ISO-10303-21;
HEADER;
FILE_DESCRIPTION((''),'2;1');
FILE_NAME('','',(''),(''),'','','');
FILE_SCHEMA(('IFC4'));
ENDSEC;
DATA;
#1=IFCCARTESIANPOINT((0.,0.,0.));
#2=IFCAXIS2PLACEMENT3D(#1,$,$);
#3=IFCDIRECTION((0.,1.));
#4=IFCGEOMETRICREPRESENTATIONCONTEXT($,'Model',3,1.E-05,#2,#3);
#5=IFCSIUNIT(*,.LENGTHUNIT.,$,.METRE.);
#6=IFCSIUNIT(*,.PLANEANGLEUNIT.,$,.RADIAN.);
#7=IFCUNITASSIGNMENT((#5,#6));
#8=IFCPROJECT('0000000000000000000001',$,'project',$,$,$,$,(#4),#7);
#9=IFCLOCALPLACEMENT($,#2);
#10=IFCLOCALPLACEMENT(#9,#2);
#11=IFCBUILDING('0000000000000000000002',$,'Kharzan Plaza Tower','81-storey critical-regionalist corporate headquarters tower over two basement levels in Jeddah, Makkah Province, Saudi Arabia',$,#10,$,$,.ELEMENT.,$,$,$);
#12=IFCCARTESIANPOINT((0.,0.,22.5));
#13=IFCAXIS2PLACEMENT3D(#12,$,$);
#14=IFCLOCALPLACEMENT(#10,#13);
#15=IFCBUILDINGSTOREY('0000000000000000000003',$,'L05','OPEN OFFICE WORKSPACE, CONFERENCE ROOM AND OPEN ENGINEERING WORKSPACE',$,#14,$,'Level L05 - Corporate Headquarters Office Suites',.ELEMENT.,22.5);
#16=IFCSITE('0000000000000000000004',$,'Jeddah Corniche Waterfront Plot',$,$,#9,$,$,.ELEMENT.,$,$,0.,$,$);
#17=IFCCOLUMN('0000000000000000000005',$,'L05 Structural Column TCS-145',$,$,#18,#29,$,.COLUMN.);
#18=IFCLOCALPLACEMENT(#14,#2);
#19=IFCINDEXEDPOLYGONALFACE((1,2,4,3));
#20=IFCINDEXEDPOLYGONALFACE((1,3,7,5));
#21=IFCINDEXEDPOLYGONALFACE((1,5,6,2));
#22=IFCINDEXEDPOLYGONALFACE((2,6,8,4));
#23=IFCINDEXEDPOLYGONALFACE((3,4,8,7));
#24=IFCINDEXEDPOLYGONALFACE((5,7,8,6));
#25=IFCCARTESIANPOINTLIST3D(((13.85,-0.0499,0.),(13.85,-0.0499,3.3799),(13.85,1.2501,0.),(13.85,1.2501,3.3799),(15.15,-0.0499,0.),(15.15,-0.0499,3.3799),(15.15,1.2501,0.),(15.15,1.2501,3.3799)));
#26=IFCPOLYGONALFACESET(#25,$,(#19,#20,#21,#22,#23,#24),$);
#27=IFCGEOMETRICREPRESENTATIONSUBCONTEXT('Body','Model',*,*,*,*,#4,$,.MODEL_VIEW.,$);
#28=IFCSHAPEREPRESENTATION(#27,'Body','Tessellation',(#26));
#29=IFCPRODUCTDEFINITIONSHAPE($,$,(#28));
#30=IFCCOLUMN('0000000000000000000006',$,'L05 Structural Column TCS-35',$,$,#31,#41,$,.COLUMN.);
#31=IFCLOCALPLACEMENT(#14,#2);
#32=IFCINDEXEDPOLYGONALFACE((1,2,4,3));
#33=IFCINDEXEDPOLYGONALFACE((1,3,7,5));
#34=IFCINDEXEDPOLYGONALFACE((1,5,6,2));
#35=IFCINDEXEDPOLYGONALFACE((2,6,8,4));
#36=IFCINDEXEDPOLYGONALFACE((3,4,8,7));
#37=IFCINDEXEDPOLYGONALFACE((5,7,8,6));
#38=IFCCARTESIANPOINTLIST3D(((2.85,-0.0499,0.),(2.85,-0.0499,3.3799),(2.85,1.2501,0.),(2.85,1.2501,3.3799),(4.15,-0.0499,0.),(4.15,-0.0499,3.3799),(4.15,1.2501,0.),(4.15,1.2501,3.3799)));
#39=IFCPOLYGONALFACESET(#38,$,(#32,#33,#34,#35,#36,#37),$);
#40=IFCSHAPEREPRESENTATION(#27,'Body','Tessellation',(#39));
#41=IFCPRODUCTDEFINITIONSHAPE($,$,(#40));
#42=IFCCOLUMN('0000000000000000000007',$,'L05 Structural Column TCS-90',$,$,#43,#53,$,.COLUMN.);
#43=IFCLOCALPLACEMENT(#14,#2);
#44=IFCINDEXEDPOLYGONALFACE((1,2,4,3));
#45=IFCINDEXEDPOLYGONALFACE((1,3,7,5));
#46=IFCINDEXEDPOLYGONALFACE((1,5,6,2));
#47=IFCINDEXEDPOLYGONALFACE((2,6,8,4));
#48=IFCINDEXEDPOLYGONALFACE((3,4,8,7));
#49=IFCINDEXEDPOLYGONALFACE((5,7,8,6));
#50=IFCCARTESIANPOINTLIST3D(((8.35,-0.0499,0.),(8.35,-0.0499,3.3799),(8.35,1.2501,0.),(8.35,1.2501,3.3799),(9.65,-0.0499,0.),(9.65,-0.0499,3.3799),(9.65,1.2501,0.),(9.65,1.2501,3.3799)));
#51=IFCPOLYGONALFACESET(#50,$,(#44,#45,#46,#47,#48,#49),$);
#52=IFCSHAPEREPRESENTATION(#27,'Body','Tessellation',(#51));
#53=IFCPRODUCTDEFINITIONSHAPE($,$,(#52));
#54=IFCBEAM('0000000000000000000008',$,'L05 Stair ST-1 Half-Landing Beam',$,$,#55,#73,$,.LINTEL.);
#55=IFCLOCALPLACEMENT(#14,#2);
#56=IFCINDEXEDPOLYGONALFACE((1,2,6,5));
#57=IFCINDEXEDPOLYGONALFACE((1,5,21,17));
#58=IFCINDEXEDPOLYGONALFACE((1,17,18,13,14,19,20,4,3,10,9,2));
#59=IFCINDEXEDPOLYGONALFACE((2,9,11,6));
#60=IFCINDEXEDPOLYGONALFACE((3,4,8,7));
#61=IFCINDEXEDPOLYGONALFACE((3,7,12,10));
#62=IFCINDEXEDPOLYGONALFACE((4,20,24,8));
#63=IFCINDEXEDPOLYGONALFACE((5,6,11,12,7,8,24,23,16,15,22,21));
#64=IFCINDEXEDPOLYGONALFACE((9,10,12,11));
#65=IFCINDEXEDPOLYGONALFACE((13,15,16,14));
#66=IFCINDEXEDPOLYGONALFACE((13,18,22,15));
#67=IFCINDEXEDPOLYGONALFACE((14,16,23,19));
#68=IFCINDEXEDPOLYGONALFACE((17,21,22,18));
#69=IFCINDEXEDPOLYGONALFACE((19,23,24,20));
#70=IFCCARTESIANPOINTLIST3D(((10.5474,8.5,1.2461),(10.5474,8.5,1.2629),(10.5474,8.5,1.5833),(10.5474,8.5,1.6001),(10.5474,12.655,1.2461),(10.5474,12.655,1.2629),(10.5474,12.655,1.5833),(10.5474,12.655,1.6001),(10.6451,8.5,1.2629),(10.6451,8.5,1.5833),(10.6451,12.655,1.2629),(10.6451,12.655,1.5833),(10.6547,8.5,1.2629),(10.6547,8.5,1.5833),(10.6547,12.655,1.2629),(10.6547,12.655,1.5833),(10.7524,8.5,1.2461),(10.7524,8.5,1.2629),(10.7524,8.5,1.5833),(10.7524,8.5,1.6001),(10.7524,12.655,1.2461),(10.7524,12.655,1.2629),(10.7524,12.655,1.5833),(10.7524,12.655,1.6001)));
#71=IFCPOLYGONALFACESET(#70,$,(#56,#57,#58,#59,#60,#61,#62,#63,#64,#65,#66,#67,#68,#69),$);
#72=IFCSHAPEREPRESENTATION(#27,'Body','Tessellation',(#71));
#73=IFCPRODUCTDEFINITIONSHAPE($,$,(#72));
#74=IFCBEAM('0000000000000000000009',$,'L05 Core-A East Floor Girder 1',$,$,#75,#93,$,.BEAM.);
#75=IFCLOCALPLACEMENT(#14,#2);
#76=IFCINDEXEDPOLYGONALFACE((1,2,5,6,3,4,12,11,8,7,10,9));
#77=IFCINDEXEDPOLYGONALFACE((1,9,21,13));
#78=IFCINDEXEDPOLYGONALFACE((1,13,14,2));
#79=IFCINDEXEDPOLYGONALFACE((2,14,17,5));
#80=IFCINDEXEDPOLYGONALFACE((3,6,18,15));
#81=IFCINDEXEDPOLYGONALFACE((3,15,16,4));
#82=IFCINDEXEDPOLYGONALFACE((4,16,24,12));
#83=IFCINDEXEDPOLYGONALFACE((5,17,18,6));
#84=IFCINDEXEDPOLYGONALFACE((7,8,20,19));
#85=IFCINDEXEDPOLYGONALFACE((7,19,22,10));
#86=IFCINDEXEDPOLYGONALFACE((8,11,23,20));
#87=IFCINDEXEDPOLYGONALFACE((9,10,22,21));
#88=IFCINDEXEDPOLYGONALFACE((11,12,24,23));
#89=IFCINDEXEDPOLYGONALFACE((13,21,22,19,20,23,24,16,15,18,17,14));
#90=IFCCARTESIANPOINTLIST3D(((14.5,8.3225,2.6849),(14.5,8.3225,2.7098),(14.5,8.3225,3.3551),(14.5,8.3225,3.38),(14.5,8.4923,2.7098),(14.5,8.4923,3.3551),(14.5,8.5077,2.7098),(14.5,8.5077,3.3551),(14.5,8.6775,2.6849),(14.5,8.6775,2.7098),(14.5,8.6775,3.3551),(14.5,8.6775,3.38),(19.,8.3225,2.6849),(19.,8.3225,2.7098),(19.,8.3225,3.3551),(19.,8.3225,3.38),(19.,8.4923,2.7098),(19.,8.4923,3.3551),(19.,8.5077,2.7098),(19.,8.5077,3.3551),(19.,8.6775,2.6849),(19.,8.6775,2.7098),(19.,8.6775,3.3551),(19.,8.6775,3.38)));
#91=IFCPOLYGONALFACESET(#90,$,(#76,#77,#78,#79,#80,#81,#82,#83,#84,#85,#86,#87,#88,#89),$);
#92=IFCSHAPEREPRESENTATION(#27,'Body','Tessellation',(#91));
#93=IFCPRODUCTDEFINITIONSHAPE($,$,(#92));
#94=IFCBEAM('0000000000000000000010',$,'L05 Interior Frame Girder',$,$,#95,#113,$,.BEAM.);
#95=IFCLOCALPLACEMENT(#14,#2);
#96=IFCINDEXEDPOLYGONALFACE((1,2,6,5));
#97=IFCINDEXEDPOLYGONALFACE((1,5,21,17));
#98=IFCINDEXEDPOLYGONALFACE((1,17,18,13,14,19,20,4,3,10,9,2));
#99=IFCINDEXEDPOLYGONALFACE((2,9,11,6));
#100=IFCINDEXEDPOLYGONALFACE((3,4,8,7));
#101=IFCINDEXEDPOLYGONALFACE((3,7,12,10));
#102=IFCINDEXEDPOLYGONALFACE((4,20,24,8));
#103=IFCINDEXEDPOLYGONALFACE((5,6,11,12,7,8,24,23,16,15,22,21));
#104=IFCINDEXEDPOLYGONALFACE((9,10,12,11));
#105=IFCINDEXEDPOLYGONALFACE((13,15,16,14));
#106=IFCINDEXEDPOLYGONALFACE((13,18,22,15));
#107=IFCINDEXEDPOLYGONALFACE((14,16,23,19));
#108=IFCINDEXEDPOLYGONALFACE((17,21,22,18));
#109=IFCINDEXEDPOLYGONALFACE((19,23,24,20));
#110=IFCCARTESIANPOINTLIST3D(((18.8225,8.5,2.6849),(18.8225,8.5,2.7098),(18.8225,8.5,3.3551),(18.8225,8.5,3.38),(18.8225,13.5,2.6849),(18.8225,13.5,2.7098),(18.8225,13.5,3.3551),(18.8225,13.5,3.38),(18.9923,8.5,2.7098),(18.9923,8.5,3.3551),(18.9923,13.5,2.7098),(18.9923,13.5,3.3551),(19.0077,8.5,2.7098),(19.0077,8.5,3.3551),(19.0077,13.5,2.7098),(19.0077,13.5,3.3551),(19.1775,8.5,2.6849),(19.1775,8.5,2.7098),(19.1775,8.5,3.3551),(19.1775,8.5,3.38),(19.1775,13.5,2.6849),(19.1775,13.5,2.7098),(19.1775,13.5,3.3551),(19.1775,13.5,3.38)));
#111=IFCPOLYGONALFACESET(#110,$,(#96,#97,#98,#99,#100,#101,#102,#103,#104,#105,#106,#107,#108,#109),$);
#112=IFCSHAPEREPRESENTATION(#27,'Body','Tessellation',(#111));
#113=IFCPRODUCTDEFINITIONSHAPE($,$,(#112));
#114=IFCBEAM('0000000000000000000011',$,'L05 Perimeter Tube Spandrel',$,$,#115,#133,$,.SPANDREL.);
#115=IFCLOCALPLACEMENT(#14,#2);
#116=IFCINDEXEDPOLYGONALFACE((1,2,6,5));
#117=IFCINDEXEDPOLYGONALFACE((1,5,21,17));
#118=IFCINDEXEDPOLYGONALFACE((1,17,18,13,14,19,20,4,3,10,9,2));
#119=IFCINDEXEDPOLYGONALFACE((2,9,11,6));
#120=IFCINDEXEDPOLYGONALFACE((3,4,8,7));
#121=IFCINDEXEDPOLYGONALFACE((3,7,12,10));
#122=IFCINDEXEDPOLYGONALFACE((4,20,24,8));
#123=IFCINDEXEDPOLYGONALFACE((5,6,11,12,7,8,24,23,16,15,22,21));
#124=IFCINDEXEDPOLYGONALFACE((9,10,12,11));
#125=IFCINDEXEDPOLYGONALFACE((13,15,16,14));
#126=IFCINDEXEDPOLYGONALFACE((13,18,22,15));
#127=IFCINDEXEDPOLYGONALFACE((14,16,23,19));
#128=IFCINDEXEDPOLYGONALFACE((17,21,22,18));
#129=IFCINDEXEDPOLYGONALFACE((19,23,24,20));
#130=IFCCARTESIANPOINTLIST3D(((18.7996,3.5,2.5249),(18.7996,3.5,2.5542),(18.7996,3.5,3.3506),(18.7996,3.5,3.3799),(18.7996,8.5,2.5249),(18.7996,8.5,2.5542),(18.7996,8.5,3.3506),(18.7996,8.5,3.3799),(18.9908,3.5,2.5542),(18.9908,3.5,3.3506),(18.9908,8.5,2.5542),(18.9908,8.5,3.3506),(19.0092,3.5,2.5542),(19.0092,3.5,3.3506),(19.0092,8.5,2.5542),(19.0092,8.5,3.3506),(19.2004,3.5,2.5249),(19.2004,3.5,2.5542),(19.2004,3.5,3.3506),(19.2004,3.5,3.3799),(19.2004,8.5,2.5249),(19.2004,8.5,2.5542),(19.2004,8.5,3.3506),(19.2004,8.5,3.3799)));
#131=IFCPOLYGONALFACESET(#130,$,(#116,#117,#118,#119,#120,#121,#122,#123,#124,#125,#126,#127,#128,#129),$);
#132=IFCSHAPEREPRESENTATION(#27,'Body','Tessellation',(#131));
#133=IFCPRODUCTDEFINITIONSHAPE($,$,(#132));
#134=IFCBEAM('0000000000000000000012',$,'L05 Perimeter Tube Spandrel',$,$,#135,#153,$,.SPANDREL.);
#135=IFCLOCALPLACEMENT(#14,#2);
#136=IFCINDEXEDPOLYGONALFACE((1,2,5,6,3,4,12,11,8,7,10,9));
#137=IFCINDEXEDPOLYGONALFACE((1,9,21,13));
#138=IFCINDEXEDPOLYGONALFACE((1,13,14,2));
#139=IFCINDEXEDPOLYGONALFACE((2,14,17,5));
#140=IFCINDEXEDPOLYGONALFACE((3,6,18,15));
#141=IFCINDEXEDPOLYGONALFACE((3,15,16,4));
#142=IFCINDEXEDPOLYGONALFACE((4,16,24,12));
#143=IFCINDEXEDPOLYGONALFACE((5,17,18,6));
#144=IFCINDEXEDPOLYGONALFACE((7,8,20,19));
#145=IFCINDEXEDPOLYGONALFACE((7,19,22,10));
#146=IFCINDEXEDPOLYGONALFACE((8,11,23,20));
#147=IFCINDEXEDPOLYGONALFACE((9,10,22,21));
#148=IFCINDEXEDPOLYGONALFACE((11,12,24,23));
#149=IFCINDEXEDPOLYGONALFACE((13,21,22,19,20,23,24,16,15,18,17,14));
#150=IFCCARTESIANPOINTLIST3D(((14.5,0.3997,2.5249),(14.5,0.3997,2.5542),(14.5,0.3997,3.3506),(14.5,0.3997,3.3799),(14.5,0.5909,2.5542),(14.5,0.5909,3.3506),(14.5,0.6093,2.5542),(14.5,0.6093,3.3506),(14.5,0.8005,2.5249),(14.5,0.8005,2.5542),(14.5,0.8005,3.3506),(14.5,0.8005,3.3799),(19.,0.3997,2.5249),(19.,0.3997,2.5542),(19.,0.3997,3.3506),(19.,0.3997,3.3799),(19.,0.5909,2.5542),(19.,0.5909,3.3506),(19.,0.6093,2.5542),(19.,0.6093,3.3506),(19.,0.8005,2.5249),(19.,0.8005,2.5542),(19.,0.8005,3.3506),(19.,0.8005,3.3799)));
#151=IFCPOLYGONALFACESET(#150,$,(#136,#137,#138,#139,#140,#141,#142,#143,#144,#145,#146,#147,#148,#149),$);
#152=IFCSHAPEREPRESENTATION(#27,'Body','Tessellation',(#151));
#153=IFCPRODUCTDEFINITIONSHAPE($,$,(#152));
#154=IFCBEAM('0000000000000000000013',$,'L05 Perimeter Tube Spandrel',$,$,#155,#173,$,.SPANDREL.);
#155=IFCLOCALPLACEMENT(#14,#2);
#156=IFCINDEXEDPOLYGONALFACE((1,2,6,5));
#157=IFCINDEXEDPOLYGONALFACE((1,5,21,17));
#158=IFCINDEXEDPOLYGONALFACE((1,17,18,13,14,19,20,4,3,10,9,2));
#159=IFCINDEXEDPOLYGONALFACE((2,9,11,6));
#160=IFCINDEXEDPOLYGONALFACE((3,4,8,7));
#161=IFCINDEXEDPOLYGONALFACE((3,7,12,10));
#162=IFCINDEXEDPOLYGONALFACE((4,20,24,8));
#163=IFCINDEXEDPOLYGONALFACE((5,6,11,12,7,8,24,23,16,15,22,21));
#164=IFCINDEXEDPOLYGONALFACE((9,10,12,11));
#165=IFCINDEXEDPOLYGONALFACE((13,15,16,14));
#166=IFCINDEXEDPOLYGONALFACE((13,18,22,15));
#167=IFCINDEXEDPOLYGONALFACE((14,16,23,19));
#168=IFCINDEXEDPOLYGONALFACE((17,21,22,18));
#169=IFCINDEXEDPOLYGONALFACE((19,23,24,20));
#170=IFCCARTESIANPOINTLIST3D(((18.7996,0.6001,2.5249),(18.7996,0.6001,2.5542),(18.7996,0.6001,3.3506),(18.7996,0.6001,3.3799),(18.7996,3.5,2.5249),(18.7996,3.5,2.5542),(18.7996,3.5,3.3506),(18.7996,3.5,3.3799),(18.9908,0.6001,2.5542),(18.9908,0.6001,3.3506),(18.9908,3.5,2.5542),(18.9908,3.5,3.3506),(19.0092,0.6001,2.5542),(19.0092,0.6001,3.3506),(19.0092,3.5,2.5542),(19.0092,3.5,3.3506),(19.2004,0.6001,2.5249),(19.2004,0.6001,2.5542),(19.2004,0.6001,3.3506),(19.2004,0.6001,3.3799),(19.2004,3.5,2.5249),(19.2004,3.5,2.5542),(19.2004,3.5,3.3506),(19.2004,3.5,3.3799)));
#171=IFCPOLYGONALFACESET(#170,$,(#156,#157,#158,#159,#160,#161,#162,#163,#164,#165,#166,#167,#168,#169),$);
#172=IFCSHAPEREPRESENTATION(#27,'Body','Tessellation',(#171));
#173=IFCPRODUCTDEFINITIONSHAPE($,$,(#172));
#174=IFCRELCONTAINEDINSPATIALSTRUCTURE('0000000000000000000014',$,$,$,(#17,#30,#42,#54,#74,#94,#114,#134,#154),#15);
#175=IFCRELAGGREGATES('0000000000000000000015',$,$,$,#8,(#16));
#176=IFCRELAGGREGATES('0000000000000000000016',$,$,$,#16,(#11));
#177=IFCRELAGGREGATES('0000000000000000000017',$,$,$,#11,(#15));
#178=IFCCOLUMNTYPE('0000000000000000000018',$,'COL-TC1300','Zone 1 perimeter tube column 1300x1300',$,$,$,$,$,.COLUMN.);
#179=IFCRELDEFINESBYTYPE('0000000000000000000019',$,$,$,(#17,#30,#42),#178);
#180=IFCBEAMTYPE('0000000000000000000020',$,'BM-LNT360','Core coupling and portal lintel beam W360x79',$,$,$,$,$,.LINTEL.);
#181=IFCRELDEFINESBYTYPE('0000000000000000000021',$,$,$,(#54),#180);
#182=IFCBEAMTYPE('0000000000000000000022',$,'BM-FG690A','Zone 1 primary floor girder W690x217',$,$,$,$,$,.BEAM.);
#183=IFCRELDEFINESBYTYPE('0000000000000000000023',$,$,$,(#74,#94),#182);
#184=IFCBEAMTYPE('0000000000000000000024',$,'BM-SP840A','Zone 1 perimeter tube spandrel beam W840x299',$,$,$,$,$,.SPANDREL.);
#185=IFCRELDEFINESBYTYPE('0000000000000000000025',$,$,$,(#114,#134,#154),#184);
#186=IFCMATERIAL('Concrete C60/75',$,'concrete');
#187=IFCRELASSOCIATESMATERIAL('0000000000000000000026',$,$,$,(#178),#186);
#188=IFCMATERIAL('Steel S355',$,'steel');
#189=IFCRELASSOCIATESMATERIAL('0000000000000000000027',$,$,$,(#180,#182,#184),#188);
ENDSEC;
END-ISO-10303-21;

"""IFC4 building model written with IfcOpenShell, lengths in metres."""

from ifc_helpers import new_model, si_unit, direction, frame, origin, origin_2d, place, context, subcontext, project, spatial, rectangle, i_section, extrude, source, transform, mapped, material, material_profile, profile_set, type_object, element, save


model = new_model("IFC4")

# Units and contexts
model_context = context("Model", 3, precision=1e-05, world=origin(), true_north=direction((0.0, 1.0)))
body_context = subcontext(model_context, "Body", "Model", "MODEL_VIEW")
ifc_project = project(units=[si_unit("LENGTHUNIT", "METRE"), si_unit("PLANEANGLEUNIT", "RADIAN")], contexts=[model_context])

# Site, building, storey
site_placement = place(None, origin())
site = spatial("IfcSite", under=ifc_project, at=site_placement, Name="Jeddah Corniche Waterfront Plot", CompositionType="ELEMENT", RefElevation=0.0)
building_placement = place(site_placement, origin())
building = spatial("IfcBuilding", under=site, at=building_placement, Name="Kharzan Plaza Tower", Description="81-storey critical-regionalist corporate headquarters tower over two basement levels in Jeddah, Makkah Province, Saudi Arabia", CompositionType="ELEMENT")
storey_placement = place(building_placement, frame((0.0, 0.0, 22.5)))
storey = spatial("IfcBuildingStorey", under=building, at=storey_placement, Name="L05", Description="OPEN OFFICE WORKSPACE, CONFERENCE ROOM AND OPEN ENGINEERING WORKSPACE", LongName="Level L05 - Corporate Headquarters Office Suites", CompositionType="ELEMENT", Elevation=22.5)

# Columns
ifc_material_1 = material(Name="Concrete C60/75", Category="concrete")
ifc_material_profile_1 = material_profile(ifc_material_1, rectangle(XDim=1.3, YDim=1.3, at=origin_2d()), Name="RC-TC1300x1300")
ifc_profile_set_1 = profile_set([ifc_material_profile_1], Name="Concrete C60/75")
column_type = type_object("IfcColumnType", Name="COL-TC1300", Description="Zone 1 perimeter tube column 1300x1300", PredefinedType="COLUMN", material=ifc_profile_set_1)
shared_shape_1 = source(origin(), body_context, "Body", "SweptSolid", [
    extrude(rectangle(XDim=1.3, YDim=1.3, at=origin_2d()), origin(), (0.0, 0.0, 1.0), 3.3799),
])
for number, where, z_axis, x_axis, name in (
    (1, (14.5, 0.6001, 0.0), (0.0, 0.0, 1.0), (1.0, 0.0, 0.0), "L05 Structural Column TCS-145"),
    (2, (3.5, 0.6001, 0.0), (0.0, 0.0, 1.0), (1.0, 0.0, 0.0), "L05 Structural Column TCS-35"),
    (3, (9.0, 0.6001, 0.0), (0.0, 0.0, 1.0), (1.0, 0.0, 0.0), "L05 Structural Column TCS-90"),
):
    element("IfcColumn", number, at=place(storey_placement, frame(where, z_axis=z_axis, x_axis=x_axis)), inside=storey, type_object=column_type, Name=name, PredefinedType="COLUMN", context=body_context, shape_type="MappedRepresentation", body=[
        mapped(shared_shape_1, transform((0.0, 0.0, 0.0), x_axis=(1.0, 0.0, 0.0), y_axis=(0.0, 1.0, 0.0), z_axis=(0.0, 0.0, 1.0))),
    ])

# Beams
ifc_material_2 = material(Name="Steel S355", Category="steel")
ifc_material_profile_2 = material_profile(ifc_material_2, i_section(OverallWidth=0.2051, OverallDepth=0.354, WebThickness=0.0095, FlangeThickness=0.0168, at=origin_2d()), Name="W360x79")
ifc_profile_set_2 = profile_set([ifc_material_profile_2], Name="Steel S355")
beam_type_1 = type_object("IfcBeamType", Name="BM-LNT360", Description="Core coupling and portal lintel beam W360x79", PredefinedType="LINTEL", material=ifc_profile_set_2)
shared_shape_2 = source(origin(), body_context, "Body", "SweptSolid", [
    extrude(i_section(OverallWidth=0.2051, OverallDepth=0.354, WebThickness=0.0095, FlangeThickness=0.0168, at=origin_2d()), origin(), (0.0, 0.0, 1.0), 4.155),
])
beam_1_placement = place(storey_placement, frame((10.6499, 8.5, 1.4231), z_axis=(0.0, 1.0, 0.0), x_axis=(-1.0, 0.0, 0.0)))
element("IfcBeam", 4, at=beam_1_placement, inside=storey, type_object=beam_type_1, Name="L05 Stair ST-1 Half-Landing Beam", PredefinedType="LINTEL", context=body_context, shape_type="MappedRepresentation", body=[
    mapped(shared_shape_2, transform((0.0, 0.0, 0.0), x_axis=(1.0, 0.0, 0.0), y_axis=(0.0, 1.0, 0.0), z_axis=(0.0, 0.0, 1.0))),
])
ifc_material_profile_3 = material_profile(ifc_material_2, i_section(OverallWidth=0.355, OverallDepth=0.6951, WebThickness=0.0154, FlangeThickness=0.0249, at=origin_2d()), Name="W690x217")
ifc_profile_set_3 = profile_set([ifc_material_profile_3], Name="Steel S355")
beam_type_2 = type_object("IfcBeamType", Name="BM-FG690A", Description="Zone 1 primary floor girder W690x217", PredefinedType="BEAM", material=ifc_profile_set_3)
shared_shape_3 = source(origin(), body_context, "Body", "SweptSolid", [
    extrude(i_section(OverallWidth=0.355, OverallDepth=0.6951, WebThickness=0.0154, FlangeThickness=0.0249, at=origin_2d()), origin(), (0.0, 0.0, 1.0), 4.5),
])
beam_2_placement = place(storey_placement, frame((14.5, 8.5, 3.0325), z_axis=(1.0, 0.0, 0.0), x_axis=(0.0, 1.0, 0.0)))
element("IfcBeam", 5, at=beam_2_placement, inside=storey, type_object=beam_type_2, Name="L05 Core-A East Floor Girder 1", PredefinedType="BEAM", context=body_context, shape_type="MappedRepresentation", body=[
    mapped(shared_shape_3, transform((0.0, 0.0, 0.0), x_axis=(1.0, 0.0, 0.0), y_axis=(0.0, 1.0, 0.0), z_axis=(0.0, 0.0, 1.0))),
])
shared_shape_4 = source(origin(), body_context, "Body", "SweptSolid", [
    extrude(i_section(OverallWidth=0.355, OverallDepth=0.6951, WebThickness=0.0154, FlangeThickness=0.0249, at=origin_2d()), origin(), (0.0, 0.0, 1.0), 5.0),
])
beam_3_placement = place(storey_placement, frame((19.0, 8.5, 3.0325), z_axis=(0.0, 1.0, 0.0), x_axis=(-1.0, 0.0, 0.0)))
element("IfcBeam", 6, at=beam_3_placement, inside=storey, type_object=beam_type_2, Name="L05 Interior Frame Girder", PredefinedType="BEAM", context=body_context, shape_type="MappedRepresentation", body=[
    mapped(shared_shape_4, transform((0.0, 0.0, 0.0), x_axis=(1.0, 0.0, 0.0), y_axis=(0.0, 1.0, 0.0), z_axis=(0.0, 0.0, 1.0))),
])
ifc_material_profile_4 = material_profile(ifc_material_2, i_section(OverallWidth=0.4009, OverallDepth=0.855, WebThickness=0.0183, FlangeThickness=0.0293, at=origin_2d()), Name="W840x299")
ifc_profile_set_4 = profile_set([ifc_material_profile_4], Name="Steel S355")
beam_type_3 = type_object("IfcBeamType", Name="BM-SP840A", Description="Zone 1 perimeter tube spandrel beam W840x299", PredefinedType="SPANDREL", material=ifc_profile_set_4)
shared_shape_5 = source(origin(), body_context, "Body", "SweptSolid", [
    extrude(i_section(OverallWidth=0.4009, OverallDepth=0.855, WebThickness=0.0183, FlangeThickness=0.0293, at=origin_2d()), origin(), (0.0, 0.0, 1.0), 5.0),
])
beam_4_placement = place(storey_placement, frame((19.0, 3.5, 2.9524), z_axis=(0.0, 1.0, 0.0), x_axis=(-1.0, 0.0, 0.0)))
element("IfcBeam", 7, at=beam_4_placement, inside=storey, type_object=beam_type_3, Name="L05 Perimeter Tube Spandrel", PredefinedType="SPANDREL", context=body_context, shape_type="MappedRepresentation", body=[
    mapped(shared_shape_5, transform((0.0, 0.0, 0.0), x_axis=(1.0, 0.0, 0.0), y_axis=(0.0, 1.0, 0.0), z_axis=(0.0, 0.0, 1.0))),
])
shared_shape_6 = source(origin(), body_context, "Body", "SweptSolid", [
    extrude(i_section(OverallWidth=0.4009, OverallDepth=0.855, WebThickness=0.0183, FlangeThickness=0.0293, at=origin_2d()), origin(), (0.0, 0.0, 1.0), 4.5),
])
beam_5_placement = place(storey_placement, frame((14.5, 0.6001, 2.9524), z_axis=(1.0, 0.0, 0.0), x_axis=(0.0, 1.0, 0.0)))
element("IfcBeam", 8, at=beam_5_placement, inside=storey, type_object=beam_type_3, Name="L05 Perimeter Tube Spandrel", PredefinedType="SPANDREL", context=body_context, shape_type="MappedRepresentation", body=[
    mapped(shared_shape_6, transform((0.0, 0.0, 0.0), x_axis=(1.0, 0.0, 0.0), y_axis=(0.0, 1.0, 0.0), z_axis=(0.0, 0.0, 1.0))),
])
shared_shape_7 = source(origin(), body_context, "Body", "SweptSolid", [
    extrude(i_section(OverallWidth=0.4009, OverallDepth=0.855, WebThickness=0.0183, FlangeThickness=0.0293, at=origin_2d()), origin(), (0.0, 0.0, 1.0), 2.8999),
])
beam_6_placement = place(storey_placement, frame((19.0, 0.6001, 2.9524), z_axis=(0.0, 1.0, 0.0), x_axis=(-1.0, 0.0, 0.0)))
element("IfcBeam", 9, at=beam_6_placement, inside=storey, type_object=beam_type_3, Name="L05 Perimeter Tube Spandrel", PredefinedType="SPANDREL", context=body_context, shape_type="MappedRepresentation", body=[
    mapped(shared_shape_7, transform((0.0, 0.0, 0.0), x_axis=(1.0, 0.0, 0.0), y_axis=(0.0, 1.0, 0.0), z_axis=(0.0, 0.0, 1.0))),
])

save(model, "model.ifc")
